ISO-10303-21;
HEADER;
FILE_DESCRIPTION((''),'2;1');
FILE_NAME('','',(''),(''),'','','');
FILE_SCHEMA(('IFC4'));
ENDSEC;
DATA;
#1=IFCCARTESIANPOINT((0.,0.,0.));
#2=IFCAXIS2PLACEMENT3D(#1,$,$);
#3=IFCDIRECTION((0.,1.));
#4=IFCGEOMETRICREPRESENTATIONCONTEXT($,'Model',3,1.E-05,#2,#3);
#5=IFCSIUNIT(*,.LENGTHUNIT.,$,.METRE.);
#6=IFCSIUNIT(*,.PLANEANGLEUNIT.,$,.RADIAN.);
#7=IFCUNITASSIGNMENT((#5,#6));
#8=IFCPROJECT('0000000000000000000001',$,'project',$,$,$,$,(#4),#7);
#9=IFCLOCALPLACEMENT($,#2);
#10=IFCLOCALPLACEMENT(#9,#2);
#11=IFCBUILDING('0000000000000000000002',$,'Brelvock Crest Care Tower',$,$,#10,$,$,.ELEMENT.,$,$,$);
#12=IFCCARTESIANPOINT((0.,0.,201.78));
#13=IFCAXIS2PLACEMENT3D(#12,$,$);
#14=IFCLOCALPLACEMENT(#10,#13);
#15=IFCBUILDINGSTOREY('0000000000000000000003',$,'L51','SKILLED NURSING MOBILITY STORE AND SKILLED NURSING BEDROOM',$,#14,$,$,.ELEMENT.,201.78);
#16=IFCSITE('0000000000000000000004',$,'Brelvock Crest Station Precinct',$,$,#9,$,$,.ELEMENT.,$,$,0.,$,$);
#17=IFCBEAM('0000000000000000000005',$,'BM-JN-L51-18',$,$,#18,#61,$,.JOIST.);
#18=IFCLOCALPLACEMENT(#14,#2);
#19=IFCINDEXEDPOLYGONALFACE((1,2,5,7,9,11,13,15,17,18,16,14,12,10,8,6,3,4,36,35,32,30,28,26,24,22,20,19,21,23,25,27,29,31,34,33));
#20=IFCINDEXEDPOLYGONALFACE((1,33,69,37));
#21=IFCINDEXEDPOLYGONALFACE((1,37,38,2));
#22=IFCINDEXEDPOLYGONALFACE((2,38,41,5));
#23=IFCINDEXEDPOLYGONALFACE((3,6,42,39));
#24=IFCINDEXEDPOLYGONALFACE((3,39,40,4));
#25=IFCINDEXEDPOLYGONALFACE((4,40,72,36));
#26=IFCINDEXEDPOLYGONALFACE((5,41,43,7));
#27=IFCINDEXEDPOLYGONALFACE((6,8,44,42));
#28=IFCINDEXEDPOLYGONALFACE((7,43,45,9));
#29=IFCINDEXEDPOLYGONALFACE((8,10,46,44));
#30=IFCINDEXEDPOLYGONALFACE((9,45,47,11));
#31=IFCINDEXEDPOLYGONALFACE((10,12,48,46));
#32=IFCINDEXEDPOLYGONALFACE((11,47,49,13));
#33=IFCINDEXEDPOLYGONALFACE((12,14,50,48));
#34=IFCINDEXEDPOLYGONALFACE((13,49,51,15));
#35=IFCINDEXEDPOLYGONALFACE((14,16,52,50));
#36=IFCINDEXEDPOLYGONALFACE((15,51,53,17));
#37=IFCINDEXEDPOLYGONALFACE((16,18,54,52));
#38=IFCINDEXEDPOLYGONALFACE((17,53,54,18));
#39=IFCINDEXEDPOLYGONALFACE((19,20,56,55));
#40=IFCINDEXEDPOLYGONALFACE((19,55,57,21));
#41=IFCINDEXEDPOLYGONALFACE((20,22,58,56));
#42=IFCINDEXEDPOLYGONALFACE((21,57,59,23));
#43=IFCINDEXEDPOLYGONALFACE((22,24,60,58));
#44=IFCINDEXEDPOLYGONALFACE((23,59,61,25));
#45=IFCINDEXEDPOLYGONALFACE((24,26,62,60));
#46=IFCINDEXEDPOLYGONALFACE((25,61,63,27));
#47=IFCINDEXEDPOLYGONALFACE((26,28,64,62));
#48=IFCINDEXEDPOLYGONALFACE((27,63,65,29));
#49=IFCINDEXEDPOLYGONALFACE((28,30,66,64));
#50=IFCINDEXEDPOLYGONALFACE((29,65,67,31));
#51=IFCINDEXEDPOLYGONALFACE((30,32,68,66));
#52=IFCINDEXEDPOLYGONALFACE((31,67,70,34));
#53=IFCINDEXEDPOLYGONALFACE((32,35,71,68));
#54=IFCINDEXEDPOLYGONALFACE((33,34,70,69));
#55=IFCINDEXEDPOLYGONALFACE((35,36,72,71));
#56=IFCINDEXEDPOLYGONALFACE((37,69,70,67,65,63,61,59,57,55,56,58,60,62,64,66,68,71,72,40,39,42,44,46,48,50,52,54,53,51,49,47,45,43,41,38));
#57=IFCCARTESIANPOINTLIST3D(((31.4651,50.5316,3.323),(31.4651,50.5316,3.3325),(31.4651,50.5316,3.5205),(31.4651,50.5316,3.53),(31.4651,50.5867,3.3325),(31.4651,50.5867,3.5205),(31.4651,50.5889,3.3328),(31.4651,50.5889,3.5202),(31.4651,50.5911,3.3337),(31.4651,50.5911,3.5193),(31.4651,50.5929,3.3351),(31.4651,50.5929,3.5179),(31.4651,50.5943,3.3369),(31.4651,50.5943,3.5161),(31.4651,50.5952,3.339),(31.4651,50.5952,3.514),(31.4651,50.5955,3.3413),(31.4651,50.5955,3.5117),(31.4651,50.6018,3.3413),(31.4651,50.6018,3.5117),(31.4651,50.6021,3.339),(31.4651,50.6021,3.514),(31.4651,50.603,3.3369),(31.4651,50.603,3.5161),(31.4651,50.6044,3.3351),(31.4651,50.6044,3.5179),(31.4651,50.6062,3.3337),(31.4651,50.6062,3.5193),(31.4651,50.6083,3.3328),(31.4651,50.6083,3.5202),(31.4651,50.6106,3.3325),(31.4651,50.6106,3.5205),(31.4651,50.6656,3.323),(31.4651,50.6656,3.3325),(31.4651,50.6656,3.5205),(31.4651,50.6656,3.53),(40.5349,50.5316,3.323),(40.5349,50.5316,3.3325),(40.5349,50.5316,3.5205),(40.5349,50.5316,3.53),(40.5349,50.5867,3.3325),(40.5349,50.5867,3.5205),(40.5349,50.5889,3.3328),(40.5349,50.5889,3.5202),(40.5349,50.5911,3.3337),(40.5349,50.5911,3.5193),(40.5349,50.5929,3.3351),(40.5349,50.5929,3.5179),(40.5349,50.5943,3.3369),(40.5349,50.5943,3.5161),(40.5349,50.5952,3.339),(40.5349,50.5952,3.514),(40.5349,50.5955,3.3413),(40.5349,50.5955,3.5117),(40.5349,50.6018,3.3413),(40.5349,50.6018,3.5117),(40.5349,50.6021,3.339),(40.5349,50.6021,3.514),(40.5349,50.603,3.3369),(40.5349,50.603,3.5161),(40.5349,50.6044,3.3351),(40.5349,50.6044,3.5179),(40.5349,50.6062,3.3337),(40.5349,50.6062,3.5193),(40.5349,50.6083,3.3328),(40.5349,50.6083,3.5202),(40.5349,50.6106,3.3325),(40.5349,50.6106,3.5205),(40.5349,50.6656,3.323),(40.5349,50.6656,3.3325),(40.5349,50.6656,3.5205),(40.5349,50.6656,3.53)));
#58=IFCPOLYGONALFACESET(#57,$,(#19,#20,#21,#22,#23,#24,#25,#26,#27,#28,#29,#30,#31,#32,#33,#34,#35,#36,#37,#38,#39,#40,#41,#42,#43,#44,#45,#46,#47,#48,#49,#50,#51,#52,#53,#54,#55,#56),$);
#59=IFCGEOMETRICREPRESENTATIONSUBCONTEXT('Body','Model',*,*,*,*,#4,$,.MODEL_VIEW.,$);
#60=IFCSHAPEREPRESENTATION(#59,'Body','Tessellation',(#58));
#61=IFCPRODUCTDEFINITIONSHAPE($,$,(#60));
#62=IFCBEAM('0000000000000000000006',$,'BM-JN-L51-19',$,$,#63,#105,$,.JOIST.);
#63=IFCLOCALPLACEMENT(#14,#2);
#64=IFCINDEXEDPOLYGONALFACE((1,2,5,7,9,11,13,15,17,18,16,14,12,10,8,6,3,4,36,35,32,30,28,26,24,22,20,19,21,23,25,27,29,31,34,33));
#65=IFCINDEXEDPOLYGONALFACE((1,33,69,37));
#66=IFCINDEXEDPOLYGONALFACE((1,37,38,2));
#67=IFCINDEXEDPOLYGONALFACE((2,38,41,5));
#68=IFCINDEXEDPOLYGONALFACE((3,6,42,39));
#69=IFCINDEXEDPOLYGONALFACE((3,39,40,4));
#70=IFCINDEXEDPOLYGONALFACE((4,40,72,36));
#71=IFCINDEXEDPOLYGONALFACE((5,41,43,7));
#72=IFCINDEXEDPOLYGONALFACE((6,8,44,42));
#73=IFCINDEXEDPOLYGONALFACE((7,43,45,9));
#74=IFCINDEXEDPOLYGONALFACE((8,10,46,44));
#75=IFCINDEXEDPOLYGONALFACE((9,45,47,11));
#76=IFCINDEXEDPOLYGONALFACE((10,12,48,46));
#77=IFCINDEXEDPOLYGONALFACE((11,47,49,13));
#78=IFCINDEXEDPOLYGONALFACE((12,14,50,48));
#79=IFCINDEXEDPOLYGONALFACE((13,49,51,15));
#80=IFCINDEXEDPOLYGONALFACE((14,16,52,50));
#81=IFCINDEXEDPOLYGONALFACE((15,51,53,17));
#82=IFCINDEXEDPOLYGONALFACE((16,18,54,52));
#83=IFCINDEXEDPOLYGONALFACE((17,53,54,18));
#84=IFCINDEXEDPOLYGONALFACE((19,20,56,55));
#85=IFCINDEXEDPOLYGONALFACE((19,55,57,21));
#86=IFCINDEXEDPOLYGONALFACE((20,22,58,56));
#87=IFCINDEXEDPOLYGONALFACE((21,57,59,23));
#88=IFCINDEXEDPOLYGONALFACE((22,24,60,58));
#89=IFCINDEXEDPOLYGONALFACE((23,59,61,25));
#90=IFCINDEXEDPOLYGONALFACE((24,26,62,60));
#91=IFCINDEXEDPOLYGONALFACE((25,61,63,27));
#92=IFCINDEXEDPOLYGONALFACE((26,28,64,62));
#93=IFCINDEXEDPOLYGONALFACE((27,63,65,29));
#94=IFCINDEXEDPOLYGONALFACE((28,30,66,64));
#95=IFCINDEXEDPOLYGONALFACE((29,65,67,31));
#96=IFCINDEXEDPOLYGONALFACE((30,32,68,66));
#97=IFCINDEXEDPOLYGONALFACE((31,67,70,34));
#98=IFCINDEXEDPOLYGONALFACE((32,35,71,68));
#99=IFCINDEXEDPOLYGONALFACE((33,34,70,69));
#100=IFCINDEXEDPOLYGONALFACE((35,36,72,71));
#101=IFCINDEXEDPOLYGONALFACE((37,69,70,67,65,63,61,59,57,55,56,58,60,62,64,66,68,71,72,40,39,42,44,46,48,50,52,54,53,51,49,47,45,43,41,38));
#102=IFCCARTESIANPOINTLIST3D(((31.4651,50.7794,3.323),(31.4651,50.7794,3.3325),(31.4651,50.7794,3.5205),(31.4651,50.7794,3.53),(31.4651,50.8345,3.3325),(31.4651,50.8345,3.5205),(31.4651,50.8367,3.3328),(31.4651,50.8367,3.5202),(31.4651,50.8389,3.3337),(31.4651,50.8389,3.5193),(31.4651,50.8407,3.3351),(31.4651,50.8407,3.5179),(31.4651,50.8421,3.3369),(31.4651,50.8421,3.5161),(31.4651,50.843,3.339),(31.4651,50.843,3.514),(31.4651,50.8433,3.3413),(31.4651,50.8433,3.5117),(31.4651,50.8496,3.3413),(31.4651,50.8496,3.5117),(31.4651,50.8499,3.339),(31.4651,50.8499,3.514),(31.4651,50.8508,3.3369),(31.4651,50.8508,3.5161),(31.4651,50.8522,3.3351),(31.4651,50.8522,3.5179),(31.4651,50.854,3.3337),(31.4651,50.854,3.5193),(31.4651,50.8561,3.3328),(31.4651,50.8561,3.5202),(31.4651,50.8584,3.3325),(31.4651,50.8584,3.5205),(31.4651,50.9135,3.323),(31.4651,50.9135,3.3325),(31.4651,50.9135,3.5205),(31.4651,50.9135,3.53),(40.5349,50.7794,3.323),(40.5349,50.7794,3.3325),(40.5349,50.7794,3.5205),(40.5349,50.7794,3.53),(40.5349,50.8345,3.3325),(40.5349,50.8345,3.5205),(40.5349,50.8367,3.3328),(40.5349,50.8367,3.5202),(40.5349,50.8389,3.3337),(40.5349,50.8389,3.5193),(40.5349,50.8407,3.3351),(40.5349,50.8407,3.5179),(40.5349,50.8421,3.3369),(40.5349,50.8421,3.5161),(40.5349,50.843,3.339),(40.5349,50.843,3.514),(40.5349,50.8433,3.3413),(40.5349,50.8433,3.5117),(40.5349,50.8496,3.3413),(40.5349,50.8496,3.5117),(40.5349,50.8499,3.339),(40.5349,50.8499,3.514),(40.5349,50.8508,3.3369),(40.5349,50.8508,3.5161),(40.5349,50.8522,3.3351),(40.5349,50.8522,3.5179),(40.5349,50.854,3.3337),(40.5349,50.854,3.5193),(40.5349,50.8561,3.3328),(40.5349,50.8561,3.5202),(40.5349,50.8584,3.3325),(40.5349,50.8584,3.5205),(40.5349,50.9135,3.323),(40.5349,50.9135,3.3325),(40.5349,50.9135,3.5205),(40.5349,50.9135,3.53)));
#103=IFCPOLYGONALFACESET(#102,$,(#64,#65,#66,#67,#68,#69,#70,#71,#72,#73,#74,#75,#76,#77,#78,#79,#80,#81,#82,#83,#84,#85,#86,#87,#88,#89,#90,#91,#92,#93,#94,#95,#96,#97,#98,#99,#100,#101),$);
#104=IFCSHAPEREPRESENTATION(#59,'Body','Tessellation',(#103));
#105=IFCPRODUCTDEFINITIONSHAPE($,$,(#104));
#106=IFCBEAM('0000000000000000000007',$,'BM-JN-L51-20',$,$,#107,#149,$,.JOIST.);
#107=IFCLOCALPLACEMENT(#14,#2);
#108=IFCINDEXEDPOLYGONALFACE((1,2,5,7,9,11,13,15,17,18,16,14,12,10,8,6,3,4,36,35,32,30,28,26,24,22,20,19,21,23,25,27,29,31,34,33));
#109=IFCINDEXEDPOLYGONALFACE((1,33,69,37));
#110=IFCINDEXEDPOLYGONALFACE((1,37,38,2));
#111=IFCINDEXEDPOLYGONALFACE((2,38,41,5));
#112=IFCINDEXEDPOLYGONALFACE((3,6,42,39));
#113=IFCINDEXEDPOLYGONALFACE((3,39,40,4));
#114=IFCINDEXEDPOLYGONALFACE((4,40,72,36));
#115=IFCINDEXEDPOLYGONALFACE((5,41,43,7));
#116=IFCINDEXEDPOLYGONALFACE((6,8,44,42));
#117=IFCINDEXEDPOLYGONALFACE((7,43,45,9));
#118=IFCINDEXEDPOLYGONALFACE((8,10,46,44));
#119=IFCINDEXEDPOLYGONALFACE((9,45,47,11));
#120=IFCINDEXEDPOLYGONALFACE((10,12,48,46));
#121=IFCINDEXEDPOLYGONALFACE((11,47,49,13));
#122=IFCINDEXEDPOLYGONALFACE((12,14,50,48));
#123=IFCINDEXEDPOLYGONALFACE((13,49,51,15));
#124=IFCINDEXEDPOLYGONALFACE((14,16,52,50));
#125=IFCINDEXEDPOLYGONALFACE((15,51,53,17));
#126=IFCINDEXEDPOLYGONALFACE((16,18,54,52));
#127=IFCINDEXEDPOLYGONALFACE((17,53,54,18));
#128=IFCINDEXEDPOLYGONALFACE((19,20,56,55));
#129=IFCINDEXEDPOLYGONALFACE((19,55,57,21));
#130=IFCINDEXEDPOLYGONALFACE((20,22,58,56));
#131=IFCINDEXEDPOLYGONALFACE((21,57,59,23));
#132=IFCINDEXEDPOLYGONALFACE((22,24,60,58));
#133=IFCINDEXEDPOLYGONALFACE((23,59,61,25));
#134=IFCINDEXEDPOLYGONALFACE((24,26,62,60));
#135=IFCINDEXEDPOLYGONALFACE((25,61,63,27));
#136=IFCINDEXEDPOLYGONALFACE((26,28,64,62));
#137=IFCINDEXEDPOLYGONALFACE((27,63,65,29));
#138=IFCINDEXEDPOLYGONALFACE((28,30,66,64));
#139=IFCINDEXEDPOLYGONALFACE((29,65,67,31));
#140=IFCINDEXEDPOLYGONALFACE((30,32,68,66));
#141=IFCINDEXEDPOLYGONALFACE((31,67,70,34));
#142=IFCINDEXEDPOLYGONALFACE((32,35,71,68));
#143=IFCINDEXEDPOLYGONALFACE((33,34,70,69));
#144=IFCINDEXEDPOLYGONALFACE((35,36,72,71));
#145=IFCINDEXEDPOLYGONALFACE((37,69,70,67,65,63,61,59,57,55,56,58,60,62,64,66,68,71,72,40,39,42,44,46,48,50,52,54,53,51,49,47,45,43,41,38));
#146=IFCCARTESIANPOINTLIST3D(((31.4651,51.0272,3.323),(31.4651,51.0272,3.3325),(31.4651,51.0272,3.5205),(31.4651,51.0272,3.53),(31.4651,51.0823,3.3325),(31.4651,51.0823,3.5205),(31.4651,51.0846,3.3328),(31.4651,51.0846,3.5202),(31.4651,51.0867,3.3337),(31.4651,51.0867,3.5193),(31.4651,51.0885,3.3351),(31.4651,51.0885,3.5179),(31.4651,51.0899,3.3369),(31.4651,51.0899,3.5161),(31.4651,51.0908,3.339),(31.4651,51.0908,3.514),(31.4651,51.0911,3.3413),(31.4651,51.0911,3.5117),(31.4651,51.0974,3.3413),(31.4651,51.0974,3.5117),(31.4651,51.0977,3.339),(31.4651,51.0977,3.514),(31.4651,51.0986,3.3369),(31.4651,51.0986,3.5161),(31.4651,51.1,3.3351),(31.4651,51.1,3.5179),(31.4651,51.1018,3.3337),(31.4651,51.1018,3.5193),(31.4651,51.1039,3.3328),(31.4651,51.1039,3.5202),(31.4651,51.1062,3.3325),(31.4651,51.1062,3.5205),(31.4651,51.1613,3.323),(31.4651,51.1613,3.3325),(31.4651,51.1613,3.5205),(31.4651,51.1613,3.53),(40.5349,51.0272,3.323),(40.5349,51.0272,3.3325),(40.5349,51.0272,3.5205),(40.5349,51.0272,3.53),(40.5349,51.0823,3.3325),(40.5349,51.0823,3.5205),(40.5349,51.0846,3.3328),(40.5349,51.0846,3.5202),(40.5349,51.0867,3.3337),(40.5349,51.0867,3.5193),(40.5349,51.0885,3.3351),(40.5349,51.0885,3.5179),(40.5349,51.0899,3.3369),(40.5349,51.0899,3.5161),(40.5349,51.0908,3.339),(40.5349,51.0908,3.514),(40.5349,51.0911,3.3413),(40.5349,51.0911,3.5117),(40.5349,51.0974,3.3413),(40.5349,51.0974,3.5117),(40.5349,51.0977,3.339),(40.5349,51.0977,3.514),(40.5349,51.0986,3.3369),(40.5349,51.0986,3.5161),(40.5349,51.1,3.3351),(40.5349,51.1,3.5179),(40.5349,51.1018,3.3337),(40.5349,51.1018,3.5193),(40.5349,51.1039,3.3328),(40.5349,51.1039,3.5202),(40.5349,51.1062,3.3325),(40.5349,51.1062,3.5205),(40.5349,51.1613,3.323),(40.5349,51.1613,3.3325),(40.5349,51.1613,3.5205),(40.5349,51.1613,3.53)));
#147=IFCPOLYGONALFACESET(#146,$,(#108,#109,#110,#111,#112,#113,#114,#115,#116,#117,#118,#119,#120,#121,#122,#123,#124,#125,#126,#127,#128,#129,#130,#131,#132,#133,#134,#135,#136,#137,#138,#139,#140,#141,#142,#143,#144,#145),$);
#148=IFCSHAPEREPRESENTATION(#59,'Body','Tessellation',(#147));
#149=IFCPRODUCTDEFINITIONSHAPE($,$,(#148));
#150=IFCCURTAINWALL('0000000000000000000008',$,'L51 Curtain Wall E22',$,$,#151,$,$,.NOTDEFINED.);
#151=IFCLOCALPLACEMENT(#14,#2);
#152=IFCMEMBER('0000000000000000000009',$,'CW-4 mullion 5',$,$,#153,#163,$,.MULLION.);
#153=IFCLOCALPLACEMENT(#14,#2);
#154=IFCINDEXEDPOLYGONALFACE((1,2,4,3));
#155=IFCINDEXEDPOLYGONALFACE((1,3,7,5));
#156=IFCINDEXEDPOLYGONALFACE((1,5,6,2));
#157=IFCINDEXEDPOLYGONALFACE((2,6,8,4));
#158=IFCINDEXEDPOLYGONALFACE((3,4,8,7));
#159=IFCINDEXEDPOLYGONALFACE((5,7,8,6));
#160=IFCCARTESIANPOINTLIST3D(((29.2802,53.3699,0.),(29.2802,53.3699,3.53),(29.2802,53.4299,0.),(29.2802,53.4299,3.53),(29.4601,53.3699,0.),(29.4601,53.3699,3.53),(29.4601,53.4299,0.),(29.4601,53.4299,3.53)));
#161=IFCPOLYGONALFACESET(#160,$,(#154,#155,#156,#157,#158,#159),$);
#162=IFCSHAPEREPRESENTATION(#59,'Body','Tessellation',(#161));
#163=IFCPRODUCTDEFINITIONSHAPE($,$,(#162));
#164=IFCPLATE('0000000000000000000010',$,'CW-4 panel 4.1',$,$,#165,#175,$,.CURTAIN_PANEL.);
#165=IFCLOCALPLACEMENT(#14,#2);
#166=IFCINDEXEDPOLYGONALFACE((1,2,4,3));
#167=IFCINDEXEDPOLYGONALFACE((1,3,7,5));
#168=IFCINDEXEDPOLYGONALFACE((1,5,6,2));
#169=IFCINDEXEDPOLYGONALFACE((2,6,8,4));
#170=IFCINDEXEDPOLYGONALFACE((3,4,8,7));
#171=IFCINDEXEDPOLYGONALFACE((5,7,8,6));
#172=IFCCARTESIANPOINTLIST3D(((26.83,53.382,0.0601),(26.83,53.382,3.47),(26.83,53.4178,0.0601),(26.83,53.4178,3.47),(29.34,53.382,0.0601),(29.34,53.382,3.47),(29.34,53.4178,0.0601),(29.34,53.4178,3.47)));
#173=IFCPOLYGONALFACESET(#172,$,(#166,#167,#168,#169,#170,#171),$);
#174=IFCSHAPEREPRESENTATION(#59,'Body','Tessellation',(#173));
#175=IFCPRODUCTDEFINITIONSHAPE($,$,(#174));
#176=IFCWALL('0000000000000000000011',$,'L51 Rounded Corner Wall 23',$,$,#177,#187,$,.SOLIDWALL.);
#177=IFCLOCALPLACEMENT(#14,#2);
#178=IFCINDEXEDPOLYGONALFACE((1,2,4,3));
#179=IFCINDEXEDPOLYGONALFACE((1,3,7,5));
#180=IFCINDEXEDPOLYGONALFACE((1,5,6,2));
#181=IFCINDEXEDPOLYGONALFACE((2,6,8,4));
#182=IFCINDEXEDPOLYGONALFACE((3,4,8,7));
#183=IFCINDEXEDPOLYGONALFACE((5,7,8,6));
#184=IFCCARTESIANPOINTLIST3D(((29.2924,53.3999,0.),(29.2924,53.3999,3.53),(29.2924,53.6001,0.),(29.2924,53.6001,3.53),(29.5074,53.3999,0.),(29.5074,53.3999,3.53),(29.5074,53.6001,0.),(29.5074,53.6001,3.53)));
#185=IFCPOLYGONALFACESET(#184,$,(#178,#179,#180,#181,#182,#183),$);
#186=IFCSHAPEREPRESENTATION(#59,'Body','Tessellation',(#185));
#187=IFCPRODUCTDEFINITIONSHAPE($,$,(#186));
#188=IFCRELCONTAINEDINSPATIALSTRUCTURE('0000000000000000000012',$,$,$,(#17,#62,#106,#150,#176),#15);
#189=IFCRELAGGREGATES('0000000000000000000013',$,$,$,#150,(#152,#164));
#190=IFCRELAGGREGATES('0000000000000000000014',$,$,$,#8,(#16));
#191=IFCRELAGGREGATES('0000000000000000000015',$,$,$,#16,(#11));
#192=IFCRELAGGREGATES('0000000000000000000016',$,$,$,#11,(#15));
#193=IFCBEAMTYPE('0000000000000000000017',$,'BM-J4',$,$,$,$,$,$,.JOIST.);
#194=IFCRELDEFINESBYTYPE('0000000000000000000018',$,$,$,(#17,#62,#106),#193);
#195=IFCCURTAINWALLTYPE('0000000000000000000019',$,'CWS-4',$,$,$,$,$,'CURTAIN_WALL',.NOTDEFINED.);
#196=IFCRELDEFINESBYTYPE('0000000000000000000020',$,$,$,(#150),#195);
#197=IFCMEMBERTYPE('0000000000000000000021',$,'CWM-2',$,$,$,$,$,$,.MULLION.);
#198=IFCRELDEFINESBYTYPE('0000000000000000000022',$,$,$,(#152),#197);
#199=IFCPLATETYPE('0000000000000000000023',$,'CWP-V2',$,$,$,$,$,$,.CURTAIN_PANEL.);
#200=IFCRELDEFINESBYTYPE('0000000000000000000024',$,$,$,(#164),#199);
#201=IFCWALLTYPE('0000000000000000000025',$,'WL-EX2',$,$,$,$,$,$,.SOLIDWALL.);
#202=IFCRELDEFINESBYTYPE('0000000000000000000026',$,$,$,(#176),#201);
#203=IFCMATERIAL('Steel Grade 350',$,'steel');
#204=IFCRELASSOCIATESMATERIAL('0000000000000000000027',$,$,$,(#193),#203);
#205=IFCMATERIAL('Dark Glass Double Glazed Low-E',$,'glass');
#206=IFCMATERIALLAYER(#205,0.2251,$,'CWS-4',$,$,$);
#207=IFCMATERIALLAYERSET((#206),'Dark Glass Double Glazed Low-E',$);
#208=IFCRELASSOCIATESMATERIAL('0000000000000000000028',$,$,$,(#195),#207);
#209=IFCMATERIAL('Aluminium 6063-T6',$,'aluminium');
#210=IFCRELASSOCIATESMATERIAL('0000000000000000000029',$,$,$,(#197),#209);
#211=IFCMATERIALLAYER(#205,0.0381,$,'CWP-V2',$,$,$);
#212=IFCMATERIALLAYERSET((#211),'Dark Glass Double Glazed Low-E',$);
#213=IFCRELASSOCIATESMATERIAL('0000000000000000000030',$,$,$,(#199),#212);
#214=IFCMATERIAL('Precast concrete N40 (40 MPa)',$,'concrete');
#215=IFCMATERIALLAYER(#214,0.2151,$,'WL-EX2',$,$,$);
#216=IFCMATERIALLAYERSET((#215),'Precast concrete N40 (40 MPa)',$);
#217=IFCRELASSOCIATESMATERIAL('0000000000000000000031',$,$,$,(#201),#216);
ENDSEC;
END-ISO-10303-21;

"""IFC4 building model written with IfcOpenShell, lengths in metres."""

from ifc_helpers import new_model, si_unit, direction, frame, frame_2d, origin, origin_2d, place, context, subcontext, project, spatial, rectangle, i_section, extrude, source, transform, mapped, material, layer, layer_set, material_profile, profile_set, type_object, element, aggregate, save


model = new_model("IFC4")

# Units and contexts
model_context = context("Model", 3, precision=1e-05, world=origin(), true_north=direction((0.0, 1.0)))
body_context = subcontext(model_context, "Body", "Model", "MODEL_VIEW")
ifc_project = project(units=[si_unit("LENGTHUNIT", "METRE"), si_unit("PLANEANGLEUNIT", "RADIAN")], contexts=[model_context])

# Site, building, storey
site_placement = place(None, origin())
site = spatial("IfcSite", under=ifc_project, at=site_placement, Name="Brelvock Crest Station Precinct", CompositionType="ELEMENT", RefElevation=0.0)
building_placement = place(site_placement, origin())
building = spatial("IfcBuilding", under=site, at=building_placement, Name="Brelvock Crest Care Tower", CompositionType="ELEMENT")
storey_placement = place(building_placement, frame((0.0, 0.0, 201.78)))
storey = spatial("IfcBuildingStorey", under=building, at=storey_placement, Name="L51", Description="SKILLED NURSING MOBILITY STORE AND SKILLED NURSING BEDROOM", CompositionType="ELEMENT", Elevation=201.78)

# Shared definitions
ifc_material_1 = material(Name="Steel Grade 350", Category="steel")

# Beams
ifc_material_profile_1 = material_profile(ifc_material_1, i_section(OverallWidth=0.134, OverallDepth=0.207, WebThickness=0.0063, FlangeThickness=0.0095, FilletRadius=0.0088, at=origin_2d()), Name="200UB29.8")
ifc_profile_set_1 = profile_set([ifc_material_profile_1], Name="Steel Grade 350")
beam_type_1 = type_object("IfcBeamType", Name="BM-J4", PredefinedType="JOIST", material=ifc_profile_set_1)
shared_shape_1 = source(origin(), body_context, "Body", "SweptSolid", [
    extrude(i_section(OverallWidth=0.134, OverallDepth=0.207, WebThickness=0.0063, FlangeThickness=0.0095, FilletRadius=0.0088, at=origin_2d()), origin(), (0.0, 0.0, 1.0), 9.0698),
])
for number, where, z_axis, x_axis, name in (
    (1, (31.4651, 50.5986, 3.4265), (1.0, 0.0, 0.0), (0.0, 1.0, 0.0), "BM-JN-L51-18"),
    (2, (31.4651, 50.8464, 3.4265), (1.0, 0.0, 0.0), (0.0, 1.0, 0.0), "BM-JN-L51-19"),
    (3, (31.4651, 51.0942, 3.4265), (1.0, 0.0, 0.0), (0.0, 1.0, 0.0), "BM-JN-L51-20"),
):
    element("IfcBeam", number, at=place(storey_placement, frame(where, z_axis=z_axis, x_axis=x_axis)), inside=storey, type_object=beam_type_1, Name=name, PredefinedType="JOIST", context=body_context, shape_type="MappedRepresentation", body=[
        mapped(shared_shape_1, transform((0.0, 0.0, 0.0), x_axis=(1.0, 0.0, 0.0), y_axis=(0.0, 1.0, 0.0), z_axis=(0.0, 0.0, 1.0), scale=1.0)),
    ])

# Curtain wall, member, plate
ifc_material_2 = material(Name="Dark Glass Double Glazed Low-E", Category="glass")
ifc_layer_1 = layer(ifc_material_2, 0.2251, Name="CWS-4")
ifc_layer_set_1 = layer_set([ifc_layer_1], Name="Dark Glass Double Glazed Low-E")
curtain_wall_type = type_object("IfcCurtainWallType", Name="CWS-4", ElementType="CURTAIN_WALL", PredefinedType="NOTDEFINED", material=ifc_layer_set_1)
curtain_wall_placement = place(storey_placement, origin())
curtain_wall = element("IfcCurtainWall", 4, at=curtain_wall_placement, inside=storey, type_object=curtain_wall_type, Name="L51 Curtain Wall E22", PredefinedType="NOTDEFINED")
ifc_material_3 = material(Name="Aluminium 6063-T6", Category="aluminium")
ifc_material_profile_2 = material_profile(ifc_material_3, rectangle(XDim=0.0601, YDim=0.1799, at=origin_2d()), Name="ALU60x180")
ifc_profile_set_2 = profile_set([ifc_material_profile_2], Name="Aluminium 6063-T6")
member_type = type_object("IfcMemberType", Name="CWM-2", PredefinedType="MULLION", material=ifc_profile_set_2)
shared_shape_2 = source(origin(), body_context, "Body", "SweptSolid", [
    extrude(rectangle(XDim=0.0601, YDim=0.1799, at=origin_2d()), origin(), (0.0, 0.0, 1.0), 3.53),
])
member_placement = place(storey_placement, frame((29.3701, 53.3999, 0.0), z_axis=(0.0, 0.0, 1.0), x_axis=(0.0, 1.0, 0.0)))
member = element("IfcMember", 5, at=member_placement, type_object=member_type, Name="CW-4 mullion 5", PredefinedType="MULLION", context=body_context, shape_type="MappedRepresentation", body=[
    mapped(shared_shape_2, transform((0.0, 0.0, 0.0), x_axis=(1.0, 0.0, 0.0), y_axis=(0.0, 1.0, 0.0), z_axis=(0.0, 0.0, 1.0), scale=1.0)),
])
ifc_layer_2 = layer(ifc_material_2, 0.0381, Name="CWP-V2")
ifc_layer_set_2 = layer_set([ifc_layer_2], Name="Dark Glass Double Glazed Low-E")
plate_type = type_object("IfcPlateType", Name="CWP-V2", PredefinedType="CURTAIN_PANEL", material=ifc_layer_set_2)
shared_shape_3 = source(origin(), body_context, "Body", "SweptSolid", [
    extrude(rectangle(XDim=2.51, YDim=0.0359, at=origin_2d()), origin(), (0.0, 0.0, 1.0), 3.4099),
])
plate_placement = place(storey_placement, frame((28.085, 53.3999, 0.0601), z_axis=(0.0, 0.0, 1.0), x_axis=(1.0, 0.0, 0.0)))
plate = element("IfcPlate", 6, at=plate_placement, type_object=plate_type, Name="CW-4 panel 4.1", PredefinedType="CURTAIN_PANEL", context=body_context, shape_type="MappedRepresentation", body=[
    mapped(shared_shape_3, transform((0.0, 0.0, 0.0), x_axis=(1.0, 0.0, 0.0), y_axis=(0.0, 1.0, 0.0), z_axis=(0.0, 0.0, 1.0), scale=1.0)),
])
aggregate(curtain_wall, [member, plate])

# Wall
ifc_material_4 = material(Name="Precast concrete N40 (40 MPa)", Category="concrete")
ifc_layer_3 = layer(ifc_material_4, 0.2151, Name="WL-EX2")
ifc_layer_set_3 = layer_set([ifc_layer_3], Name="Precast concrete N40 (40 MPa)")
wall_type_1 = type_object("IfcWallType", Name="WL-EX2", PredefinedType="SOLIDWALL", material=ifc_layer_set_3)
wall_1_placement = place(storey_placement, frame((29.3999, 53.3999, 0.0), z_axis=(0.0, 0.0, 1.0), x_axis=(0.0, 1.0, 0.0)))
element("IfcWall", 7, at=wall_1_placement, inside=storey, type_object=wall_type_1, Name="L51 Rounded Corner Wall 23", PredefinedType="SOLIDWALL", context=body_context, shape_type="SweptSolid", body=[
    extrude(rectangle(XDim=0.2002, YDim=0.2151, at=frame_2d((0.1001, 0.0))), origin(), (0.0, 0.0, 1.0), 3.53),
])

save(model, "model.ifc")
